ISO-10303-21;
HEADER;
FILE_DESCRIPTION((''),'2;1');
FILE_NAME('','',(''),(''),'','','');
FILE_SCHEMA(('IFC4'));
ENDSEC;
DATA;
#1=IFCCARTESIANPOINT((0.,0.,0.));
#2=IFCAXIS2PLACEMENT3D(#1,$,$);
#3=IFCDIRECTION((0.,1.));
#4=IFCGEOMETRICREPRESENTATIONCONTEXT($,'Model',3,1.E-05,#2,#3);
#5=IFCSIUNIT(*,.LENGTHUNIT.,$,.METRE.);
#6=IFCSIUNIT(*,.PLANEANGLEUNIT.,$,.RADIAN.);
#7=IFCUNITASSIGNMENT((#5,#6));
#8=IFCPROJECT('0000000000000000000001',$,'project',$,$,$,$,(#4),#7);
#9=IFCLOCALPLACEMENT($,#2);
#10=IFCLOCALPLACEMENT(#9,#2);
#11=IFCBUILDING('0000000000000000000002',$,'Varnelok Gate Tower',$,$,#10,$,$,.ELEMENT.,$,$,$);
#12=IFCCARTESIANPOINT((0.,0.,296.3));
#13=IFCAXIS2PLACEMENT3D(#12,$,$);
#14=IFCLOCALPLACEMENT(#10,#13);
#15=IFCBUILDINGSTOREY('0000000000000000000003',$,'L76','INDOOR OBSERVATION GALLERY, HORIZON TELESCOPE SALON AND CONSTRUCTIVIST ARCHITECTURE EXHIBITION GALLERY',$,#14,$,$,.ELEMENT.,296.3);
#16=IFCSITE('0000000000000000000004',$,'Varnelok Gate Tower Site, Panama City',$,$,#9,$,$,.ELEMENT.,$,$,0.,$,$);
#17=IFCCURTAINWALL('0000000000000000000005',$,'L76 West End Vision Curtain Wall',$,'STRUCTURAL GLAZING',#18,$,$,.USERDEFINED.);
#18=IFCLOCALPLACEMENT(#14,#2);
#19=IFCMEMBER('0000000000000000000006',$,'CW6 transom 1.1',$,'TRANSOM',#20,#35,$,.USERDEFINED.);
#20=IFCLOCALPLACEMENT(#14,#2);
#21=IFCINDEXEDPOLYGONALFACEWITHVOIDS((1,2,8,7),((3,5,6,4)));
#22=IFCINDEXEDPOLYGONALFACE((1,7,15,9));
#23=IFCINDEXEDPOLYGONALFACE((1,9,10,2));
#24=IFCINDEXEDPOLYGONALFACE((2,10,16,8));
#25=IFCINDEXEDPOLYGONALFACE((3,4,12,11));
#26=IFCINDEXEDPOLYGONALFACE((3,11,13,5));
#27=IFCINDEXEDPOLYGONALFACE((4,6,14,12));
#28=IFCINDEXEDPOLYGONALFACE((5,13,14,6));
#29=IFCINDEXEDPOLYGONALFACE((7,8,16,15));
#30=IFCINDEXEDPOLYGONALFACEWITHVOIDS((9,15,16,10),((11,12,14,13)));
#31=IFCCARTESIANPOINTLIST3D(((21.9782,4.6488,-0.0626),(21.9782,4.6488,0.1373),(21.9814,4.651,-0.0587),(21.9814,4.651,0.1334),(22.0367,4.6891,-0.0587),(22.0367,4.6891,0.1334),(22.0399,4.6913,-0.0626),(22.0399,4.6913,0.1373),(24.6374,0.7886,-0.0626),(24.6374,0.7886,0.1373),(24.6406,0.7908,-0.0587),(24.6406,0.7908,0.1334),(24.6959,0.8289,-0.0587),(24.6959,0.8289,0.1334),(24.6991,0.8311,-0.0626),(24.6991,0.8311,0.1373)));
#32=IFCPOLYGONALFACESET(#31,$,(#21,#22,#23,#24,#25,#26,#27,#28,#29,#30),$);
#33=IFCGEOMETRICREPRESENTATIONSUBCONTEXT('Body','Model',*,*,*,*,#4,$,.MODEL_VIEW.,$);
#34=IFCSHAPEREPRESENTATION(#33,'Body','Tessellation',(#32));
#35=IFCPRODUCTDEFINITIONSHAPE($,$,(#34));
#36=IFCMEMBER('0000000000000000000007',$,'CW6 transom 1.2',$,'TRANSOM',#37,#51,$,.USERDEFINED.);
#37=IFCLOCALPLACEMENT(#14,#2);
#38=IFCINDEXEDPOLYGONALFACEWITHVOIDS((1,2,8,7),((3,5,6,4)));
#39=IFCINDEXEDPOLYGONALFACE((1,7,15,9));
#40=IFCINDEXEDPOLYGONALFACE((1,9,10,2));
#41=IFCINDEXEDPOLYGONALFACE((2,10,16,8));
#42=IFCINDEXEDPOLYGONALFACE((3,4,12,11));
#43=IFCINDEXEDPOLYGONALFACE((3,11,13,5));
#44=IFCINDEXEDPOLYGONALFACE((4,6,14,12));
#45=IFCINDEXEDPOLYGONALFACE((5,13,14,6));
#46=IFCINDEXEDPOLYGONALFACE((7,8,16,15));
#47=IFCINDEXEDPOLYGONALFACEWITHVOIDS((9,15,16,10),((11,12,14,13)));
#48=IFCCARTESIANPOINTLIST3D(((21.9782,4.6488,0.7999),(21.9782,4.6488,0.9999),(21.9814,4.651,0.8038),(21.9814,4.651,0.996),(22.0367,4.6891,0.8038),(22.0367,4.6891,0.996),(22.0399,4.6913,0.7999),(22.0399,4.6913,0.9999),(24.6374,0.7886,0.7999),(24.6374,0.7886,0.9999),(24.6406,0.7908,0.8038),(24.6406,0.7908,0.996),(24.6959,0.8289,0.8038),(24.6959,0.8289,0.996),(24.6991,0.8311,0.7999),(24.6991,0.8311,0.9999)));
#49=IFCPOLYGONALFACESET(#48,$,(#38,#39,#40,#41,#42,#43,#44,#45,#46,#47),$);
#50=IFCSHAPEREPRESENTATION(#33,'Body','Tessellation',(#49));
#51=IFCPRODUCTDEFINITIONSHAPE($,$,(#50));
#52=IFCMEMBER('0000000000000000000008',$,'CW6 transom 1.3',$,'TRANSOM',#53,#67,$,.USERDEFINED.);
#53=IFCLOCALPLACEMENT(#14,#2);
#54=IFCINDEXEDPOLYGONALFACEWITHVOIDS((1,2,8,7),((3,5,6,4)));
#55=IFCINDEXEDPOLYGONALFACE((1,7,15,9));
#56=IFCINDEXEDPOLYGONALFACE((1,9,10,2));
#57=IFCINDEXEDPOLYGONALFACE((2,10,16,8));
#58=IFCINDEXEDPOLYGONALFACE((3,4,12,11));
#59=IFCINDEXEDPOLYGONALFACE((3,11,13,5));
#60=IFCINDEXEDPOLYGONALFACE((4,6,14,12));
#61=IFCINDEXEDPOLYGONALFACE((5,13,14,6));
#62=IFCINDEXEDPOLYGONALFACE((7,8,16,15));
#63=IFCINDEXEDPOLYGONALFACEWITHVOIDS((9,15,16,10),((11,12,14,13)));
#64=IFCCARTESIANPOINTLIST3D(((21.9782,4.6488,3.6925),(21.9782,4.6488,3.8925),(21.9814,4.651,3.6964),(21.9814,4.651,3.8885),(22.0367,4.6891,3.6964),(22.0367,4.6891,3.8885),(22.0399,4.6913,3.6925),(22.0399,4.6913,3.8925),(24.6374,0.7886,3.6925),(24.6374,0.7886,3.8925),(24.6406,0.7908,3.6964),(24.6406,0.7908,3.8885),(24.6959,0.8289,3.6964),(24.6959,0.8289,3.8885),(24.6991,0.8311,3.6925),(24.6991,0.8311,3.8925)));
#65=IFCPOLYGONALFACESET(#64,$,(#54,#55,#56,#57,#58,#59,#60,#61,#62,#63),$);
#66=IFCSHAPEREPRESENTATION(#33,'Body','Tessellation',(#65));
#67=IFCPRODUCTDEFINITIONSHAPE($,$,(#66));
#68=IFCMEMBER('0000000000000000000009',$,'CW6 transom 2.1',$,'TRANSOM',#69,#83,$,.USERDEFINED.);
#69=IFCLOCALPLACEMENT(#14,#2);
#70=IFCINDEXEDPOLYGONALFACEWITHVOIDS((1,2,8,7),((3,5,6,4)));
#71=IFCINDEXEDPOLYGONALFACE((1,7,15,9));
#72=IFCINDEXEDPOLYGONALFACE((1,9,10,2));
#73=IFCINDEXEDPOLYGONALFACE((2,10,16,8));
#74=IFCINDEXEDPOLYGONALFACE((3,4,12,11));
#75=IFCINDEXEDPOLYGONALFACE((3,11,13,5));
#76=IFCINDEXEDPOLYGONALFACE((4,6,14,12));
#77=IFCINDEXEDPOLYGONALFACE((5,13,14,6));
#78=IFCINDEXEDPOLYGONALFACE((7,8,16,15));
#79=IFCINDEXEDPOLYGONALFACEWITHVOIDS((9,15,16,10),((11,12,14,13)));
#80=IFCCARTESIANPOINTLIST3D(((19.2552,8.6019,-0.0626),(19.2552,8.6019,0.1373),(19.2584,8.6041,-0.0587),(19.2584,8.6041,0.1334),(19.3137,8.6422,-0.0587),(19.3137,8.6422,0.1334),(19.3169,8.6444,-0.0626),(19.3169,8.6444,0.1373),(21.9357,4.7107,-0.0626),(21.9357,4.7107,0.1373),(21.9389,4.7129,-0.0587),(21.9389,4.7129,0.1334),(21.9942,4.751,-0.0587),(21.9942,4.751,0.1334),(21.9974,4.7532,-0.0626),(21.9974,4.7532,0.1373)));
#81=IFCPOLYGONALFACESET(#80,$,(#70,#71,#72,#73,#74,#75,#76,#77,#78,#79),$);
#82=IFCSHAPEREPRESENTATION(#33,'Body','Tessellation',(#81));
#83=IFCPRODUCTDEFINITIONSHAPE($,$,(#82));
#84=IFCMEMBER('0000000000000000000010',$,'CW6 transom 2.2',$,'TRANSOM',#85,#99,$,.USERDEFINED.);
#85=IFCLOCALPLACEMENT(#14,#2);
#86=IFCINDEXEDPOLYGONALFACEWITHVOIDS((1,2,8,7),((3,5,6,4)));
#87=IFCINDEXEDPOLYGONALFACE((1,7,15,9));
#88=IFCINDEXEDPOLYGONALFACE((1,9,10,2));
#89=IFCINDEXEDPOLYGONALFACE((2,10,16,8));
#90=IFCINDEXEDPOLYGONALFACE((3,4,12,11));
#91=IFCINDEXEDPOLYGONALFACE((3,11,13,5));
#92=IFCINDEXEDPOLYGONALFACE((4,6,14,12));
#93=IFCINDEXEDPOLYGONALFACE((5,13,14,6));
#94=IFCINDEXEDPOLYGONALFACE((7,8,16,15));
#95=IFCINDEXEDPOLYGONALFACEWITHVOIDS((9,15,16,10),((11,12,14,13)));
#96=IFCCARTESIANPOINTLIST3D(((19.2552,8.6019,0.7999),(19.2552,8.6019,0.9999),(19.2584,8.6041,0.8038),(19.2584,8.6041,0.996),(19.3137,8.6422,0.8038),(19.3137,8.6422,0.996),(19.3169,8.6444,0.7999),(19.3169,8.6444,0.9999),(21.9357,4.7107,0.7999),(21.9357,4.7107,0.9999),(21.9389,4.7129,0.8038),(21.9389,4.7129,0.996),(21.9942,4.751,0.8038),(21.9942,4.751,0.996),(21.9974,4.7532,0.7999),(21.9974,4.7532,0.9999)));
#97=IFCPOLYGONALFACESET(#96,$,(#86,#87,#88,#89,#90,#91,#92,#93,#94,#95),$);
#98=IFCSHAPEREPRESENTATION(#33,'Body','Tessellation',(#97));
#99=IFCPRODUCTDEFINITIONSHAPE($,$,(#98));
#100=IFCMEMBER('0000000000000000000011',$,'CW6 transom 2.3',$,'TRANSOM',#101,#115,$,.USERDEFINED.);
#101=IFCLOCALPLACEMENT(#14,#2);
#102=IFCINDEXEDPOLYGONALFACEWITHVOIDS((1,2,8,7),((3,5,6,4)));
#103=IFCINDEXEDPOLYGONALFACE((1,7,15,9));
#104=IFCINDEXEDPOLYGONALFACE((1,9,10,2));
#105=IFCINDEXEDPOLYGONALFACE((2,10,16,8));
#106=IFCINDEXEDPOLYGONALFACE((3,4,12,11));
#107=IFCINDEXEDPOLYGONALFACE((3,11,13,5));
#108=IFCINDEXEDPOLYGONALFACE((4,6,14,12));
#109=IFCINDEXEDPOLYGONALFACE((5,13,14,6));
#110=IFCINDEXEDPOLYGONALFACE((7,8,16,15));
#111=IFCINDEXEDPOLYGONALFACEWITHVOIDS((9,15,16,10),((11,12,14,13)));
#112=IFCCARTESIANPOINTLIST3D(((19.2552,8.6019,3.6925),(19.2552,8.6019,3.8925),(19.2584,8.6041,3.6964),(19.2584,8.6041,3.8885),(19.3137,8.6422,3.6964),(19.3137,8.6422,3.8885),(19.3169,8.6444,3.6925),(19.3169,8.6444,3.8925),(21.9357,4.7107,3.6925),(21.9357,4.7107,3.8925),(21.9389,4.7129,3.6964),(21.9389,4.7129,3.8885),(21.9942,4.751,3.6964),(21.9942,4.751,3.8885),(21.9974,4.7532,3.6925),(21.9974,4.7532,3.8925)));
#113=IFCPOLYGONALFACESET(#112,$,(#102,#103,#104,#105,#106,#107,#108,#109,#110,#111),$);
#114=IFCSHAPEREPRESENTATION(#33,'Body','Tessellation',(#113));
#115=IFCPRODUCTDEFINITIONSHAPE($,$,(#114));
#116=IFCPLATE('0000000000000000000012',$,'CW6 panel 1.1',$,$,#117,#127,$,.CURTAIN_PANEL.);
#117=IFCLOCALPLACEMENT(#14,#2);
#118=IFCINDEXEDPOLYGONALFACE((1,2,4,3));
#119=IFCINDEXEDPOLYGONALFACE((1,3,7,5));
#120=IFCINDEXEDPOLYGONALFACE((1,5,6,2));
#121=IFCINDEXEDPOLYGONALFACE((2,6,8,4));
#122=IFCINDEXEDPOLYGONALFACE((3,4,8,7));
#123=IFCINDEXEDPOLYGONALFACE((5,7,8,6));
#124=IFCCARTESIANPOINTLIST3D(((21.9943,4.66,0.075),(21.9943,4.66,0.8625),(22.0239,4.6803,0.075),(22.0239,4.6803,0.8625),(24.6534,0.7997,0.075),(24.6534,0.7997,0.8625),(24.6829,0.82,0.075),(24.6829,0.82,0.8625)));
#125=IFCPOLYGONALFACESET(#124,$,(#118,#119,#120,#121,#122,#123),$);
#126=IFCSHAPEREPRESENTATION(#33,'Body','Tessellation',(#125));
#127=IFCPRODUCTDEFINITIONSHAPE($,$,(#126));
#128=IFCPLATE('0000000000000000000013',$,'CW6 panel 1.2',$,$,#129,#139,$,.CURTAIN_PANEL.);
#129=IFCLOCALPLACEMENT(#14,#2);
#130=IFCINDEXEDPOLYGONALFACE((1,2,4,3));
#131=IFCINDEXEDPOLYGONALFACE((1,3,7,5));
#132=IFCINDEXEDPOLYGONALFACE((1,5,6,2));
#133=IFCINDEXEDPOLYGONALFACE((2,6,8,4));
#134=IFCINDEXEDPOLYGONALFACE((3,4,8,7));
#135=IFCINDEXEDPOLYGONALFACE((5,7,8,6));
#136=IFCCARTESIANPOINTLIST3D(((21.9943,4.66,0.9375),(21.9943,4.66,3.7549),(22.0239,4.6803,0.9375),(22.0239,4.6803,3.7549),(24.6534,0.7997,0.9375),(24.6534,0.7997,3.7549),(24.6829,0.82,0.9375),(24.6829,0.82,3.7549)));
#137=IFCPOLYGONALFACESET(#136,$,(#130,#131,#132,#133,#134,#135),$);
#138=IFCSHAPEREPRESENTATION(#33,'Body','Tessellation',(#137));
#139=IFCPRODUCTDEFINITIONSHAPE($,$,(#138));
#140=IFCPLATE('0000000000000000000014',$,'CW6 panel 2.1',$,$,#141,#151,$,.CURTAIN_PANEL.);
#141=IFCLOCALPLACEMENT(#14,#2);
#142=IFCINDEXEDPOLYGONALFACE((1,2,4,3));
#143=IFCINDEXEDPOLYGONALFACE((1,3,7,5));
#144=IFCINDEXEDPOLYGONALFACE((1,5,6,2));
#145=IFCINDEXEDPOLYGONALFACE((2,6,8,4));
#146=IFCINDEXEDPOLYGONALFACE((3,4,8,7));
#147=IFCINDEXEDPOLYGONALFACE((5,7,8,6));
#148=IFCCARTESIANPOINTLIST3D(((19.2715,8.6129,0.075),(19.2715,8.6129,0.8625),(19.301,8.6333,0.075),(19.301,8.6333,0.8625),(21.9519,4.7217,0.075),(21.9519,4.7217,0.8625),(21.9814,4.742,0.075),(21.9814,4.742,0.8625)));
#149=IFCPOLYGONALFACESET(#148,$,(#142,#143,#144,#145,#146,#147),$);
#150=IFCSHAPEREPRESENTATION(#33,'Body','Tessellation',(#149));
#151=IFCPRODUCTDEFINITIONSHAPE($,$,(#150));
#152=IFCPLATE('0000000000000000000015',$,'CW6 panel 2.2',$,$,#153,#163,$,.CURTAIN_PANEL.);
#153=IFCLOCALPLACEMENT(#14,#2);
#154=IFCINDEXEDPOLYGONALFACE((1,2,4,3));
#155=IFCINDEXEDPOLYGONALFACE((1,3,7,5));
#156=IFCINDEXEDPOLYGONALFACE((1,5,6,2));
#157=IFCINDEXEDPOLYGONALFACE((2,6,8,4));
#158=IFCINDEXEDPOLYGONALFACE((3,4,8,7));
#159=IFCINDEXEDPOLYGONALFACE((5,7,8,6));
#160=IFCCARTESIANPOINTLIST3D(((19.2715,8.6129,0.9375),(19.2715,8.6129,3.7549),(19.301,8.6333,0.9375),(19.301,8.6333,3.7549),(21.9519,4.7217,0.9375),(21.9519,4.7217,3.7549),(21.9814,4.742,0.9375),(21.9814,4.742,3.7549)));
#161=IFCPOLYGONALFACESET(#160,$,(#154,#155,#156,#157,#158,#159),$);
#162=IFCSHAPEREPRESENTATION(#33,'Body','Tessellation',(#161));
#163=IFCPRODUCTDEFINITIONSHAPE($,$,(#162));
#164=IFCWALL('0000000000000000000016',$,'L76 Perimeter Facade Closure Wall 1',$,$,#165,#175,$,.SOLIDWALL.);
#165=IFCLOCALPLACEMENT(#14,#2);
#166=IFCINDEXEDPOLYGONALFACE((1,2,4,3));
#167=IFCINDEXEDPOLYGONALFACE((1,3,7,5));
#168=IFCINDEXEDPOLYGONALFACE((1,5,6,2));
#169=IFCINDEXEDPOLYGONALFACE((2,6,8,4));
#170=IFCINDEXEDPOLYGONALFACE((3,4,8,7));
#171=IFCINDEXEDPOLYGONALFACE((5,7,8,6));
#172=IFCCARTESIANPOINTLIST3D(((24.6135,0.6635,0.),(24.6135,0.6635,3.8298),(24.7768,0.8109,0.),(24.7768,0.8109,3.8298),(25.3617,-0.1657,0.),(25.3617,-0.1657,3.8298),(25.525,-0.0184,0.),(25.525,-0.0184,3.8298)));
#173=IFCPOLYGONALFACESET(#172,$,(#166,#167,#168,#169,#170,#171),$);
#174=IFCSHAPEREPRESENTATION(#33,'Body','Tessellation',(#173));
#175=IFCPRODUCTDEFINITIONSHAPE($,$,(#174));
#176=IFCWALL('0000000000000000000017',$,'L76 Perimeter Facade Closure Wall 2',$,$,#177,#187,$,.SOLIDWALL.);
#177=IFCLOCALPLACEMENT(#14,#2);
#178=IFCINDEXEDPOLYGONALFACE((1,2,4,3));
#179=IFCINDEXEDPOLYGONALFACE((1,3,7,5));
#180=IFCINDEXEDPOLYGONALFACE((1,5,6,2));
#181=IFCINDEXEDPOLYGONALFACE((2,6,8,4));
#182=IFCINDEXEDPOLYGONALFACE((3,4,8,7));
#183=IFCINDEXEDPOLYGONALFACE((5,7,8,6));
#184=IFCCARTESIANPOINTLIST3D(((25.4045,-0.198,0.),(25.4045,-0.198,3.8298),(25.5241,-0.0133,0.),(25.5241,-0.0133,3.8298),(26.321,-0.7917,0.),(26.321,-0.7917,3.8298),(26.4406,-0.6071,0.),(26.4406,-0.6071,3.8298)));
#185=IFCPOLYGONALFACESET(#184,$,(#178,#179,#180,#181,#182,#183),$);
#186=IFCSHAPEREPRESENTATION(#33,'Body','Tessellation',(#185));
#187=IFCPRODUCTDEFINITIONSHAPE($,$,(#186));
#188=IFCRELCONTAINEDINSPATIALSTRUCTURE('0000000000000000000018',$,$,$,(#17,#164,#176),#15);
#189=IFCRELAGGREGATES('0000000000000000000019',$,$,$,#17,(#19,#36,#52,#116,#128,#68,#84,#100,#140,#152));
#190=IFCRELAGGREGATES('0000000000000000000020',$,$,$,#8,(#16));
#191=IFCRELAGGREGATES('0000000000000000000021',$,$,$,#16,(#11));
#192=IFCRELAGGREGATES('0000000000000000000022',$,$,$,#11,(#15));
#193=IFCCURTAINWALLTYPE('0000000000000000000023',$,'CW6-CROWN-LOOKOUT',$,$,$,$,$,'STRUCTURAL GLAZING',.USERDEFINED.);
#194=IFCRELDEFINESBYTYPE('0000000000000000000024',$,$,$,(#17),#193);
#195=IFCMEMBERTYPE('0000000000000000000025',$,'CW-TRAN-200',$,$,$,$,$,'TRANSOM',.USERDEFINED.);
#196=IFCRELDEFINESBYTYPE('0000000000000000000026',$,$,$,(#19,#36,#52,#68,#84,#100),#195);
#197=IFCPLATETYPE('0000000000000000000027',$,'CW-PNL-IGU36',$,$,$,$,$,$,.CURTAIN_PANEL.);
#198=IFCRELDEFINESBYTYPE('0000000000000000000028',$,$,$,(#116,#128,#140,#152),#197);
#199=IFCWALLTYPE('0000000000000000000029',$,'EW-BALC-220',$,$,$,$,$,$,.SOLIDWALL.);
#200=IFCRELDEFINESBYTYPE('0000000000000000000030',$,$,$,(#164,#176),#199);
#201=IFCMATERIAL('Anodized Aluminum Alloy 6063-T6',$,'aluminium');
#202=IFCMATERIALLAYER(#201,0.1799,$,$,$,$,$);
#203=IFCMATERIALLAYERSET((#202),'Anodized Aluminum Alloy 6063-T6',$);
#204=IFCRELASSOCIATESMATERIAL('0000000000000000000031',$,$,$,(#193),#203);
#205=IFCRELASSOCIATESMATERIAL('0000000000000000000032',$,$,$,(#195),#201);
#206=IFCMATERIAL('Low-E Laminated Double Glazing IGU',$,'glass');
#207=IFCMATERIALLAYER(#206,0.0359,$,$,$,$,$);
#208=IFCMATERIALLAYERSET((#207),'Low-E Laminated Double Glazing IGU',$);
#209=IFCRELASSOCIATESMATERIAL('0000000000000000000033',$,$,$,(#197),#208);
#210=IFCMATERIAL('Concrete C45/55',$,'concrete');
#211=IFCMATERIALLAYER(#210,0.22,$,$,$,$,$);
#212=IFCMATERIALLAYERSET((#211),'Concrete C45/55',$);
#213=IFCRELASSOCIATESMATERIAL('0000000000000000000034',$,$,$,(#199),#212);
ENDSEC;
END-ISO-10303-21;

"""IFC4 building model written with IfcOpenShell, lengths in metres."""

from ifc_helpers import new_model, si_unit, direction, frame, frame_2d, origin, origin_2d, place, context, subcontext, project, spatial, rectangle, hollow_rectangle, extrude, source, transform, mapped, material, layer, layer_set, material_profile, profile_set, type_object, element, aggregate, save


model = new_model("IFC4")

# Units and contexts
model_context = context("Model", 3, precision=1e-05, world=origin(), true_north=direction((0.0, 1.0)))
body_context = subcontext(model_context, "Body", "Model", "MODEL_VIEW")
ifc_project = project(units=[si_unit("LENGTHUNIT", "METRE"), si_unit("PLANEANGLEUNIT", "RADIAN")], contexts=[model_context])

# Site, building, storey
site_placement = place(None, origin())
site = spatial("IfcSite", under=ifc_project, at=site_placement, Name="Varnelok Gate Tower Site, Panama City", CompositionType="ELEMENT", RefElevation=0.0)
building_placement = place(site_placement, origin())
building = spatial("IfcBuilding", under=site, at=building_placement, Name="Varnelok Gate Tower", CompositionType="ELEMENT")
storey_placement = place(building_placement, frame((0.0, 0.0, 296.3)))
storey = spatial("IfcBuildingStorey", under=building, at=storey_placement, Name="L76", Description="INDOOR OBSERVATION GALLERY, HORIZON TELESCOPE SALON AND CONSTRUCTIVIST ARCHITECTURE EXHIBITION GALLERY", CompositionType="ELEMENT", Elevation=296.3)

# Curtain wall, members, plates
ifc_material_1 = material(Name="Anodized Aluminum Alloy 6063-T6", Category="aluminium")
ifc_layer_1 = layer(ifc_material_1, 0.1799)
ifc_layer_set_1 = layer_set([ifc_layer_1], Name="Anodized Aluminum Alloy 6063-T6")
curtain_wall_type = type_object("IfcCurtainWallType", Name="CW6-CROWN-LOOKOUT", ElementType="STRUCTURAL GLAZING", PredefinedType="USERDEFINED", material=ifc_layer_set_1)
curtain_wall_placement = place(storey_placement, origin())
curtain_wall = element("IfcCurtainWall", 1, at=curtain_wall_placement, inside=storey, type_object=curtain_wall_type, Name="L76 West End Vision Curtain Wall", ObjectType="STRUCTURAL GLAZING", PredefinedType="USERDEFINED")
ifc_material_profile_1 = material_profile(ifc_material_1, hollow_rectangle(XDim=0.075, YDim=0.2, WallThickness=0.0039, at=origin_2d()), Name="ALU200X75X4")
ifc_profile_set_1 = profile_set([ifc_material_profile_1], Name="Anodized Aluminum Alloy 6063-T6")
member_type_1 = type_object("IfcMemberType", Name="CW-TRAN-200", ElementType="TRANSOM", PredefinedType="USERDEFINED", material=ifc_profile_set_1)
member_1_placement = place(storey_placement, frame((24.6682, 0.8098, 0.0374), z_axis=(-0.56728, 0.823525, 0.0), x_axis=(-0.823525, -0.56728, 0.0)))
member_1 = element("IfcMember", 2, at=member_1_placement, type_object=member_type_1, Name="CW6 transom 1.1", ObjectType="TRANSOM", PredefinedType="USERDEFINED", context=body_context, shape_type="SweptSolid", body=[
    extrude(hollow_rectangle(XDim=0.075, YDim=0.2, WallThickness=0.0039, at=origin_2d()), origin(), (0.0, 0.0, 1.0), 4.6875),
])
member_2_placement = place(storey_placement, frame((24.6682, 0.8098, 0.8999), z_axis=(-0.56728, 0.823525, 0.0), x_axis=(-0.823525, -0.56728, 0.0)))
member_2 = element("IfcMember", 3, at=member_2_placement, type_object=member_type_1, Name="CW6 transom 1.2", ObjectType="TRANSOM", PredefinedType="USERDEFINED", context=body_context, shape_type="SweptSolid", body=[
    extrude(hollow_rectangle(XDim=0.075, YDim=0.2, WallThickness=0.0039, at=origin_2d()), origin(), (0.0, 0.0, 1.0), 4.6875),
])
member_3_placement = place(storey_placement, frame((24.6682, 0.8098, 3.7925), z_axis=(-0.56728, 0.823525, 0.0), x_axis=(-0.823525, -0.56728, 0.0)))
member_3 = element("IfcMember", 4, at=member_3_placement, type_object=member_type_1, Name="CW6 transom 1.3", ObjectType="TRANSOM", PredefinedType="USERDEFINED", context=body_context, shape_type="SweptSolid", body=[
    extrude(hollow_rectangle(XDim=0.075, YDim=0.2, WallThickness=0.0039, at=origin_2d()), origin(), (0.0, 0.0, 1.0), 4.6875),
])
member_4_placement = place(storey_placement, frame((21.9666, 4.7319, 0.0374), z_axis=(-0.567287, 0.82352, 0.0), x_axis=(-0.82352, -0.567287, 0.0)))
member_4 = element("IfcMember", 5, at=member_4_placement, type_object=member_type_1, Name="CW6 transom 2.1", ObjectType="TRANSOM", PredefinedType="USERDEFINED", context=body_context, shape_type="SweptSolid", body=[
    extrude(hollow_rectangle(XDim=0.075, YDim=0.2, WallThickness=0.0039, at=origin_2d()), origin(), (0.0, 0.0, 1.0), 4.7251),
])
member_5_placement = place(storey_placement, frame((21.9666, 4.7319, 0.8999), z_axis=(-0.567287, 0.82352, 0.0), x_axis=(-0.82352, -0.567287, 0.0)))
member_5 = element("IfcMember", 6, at=member_5_placement, type_object=member_type_1, Name="CW6 transom 2.2", ObjectType="TRANSOM", PredefinedType="USERDEFINED", context=body_context, shape_type="SweptSolid", body=[
    extrude(hollow_rectangle(XDim=0.075, YDim=0.2, WallThickness=0.0039, at=origin_2d()), origin(), (0.0, 0.0, 1.0), 4.7251),
])
member_6_placement = place(storey_placement, frame((21.9666, 4.7319, 3.7925), z_axis=(-0.567287, 0.82352, 0.0), x_axis=(-0.82352, -0.567287, 0.0)))
member_6 = element("IfcMember", 7, at=member_6_placement, type_object=member_type_1, Name="CW6 transom 2.3", ObjectType="TRANSOM", PredefinedType="USERDEFINED", context=body_context, shape_type="SweptSolid", body=[
    extrude(hollow_rectangle(XDim=0.075, YDim=0.2, WallThickness=0.0039, at=origin_2d()), origin(), (0.0, 0.0, 1.0), 4.7251),
])
ifc_material_2 = material(Name="Low-E Laminated Double Glazing IGU", Category="glass")
ifc_layer_2 = layer(ifc_material_2, 0.0359)
ifc_layer_set_2 = layer_set([ifc_layer_2], Name="Low-E Laminated Double Glazing IGU")
plate_type = type_object("IfcPlateType", Name="CW-PNL-IGU36", PredefinedType="CURTAIN_PANEL", material=ifc_layer_set_2)
shared_shape_1 = source(origin(), body_context, "Body", "SweptSolid", [
    extrude(rectangle(XDim=4.6875, YDim=0.0359, at=origin_2d()), origin(), (0.0, 0.0, 1.0), 0.7876),
])
plate_1_placement = place(storey_placement, frame((23.3386, 2.74, 0.075), z_axis=(0.0, 0.0, 1.0), x_axis=(-0.56727, 0.823532, 0.0)))
plate_1 = element("IfcPlate", 8, at=plate_1_placement, type_object=plate_type, Name="CW6 panel 1.1", PredefinedType="CURTAIN_PANEL", context=body_context, shape_type="MappedRepresentation", body=[
    mapped(shared_shape_1, transform((0.0, 0.0, 0.0), scale=1.0)),
])
shared_shape_2 = source(origin(), body_context, "Body", "SweptSolid", [
    extrude(rectangle(XDim=4.6875, YDim=0.0359, at=origin_2d()), origin(), (0.0, 0.0, 1.0), 2.8174),
])
plate_2_placement = place(storey_placement, frame((23.3386, 2.74, 0.9375), z_axis=(0.0, 0.0, 1.0), x_axis=(-0.56727, 0.823532, 0.0)))
plate_2 = element("IfcPlate", 9, at=plate_2_placement, type_object=plate_type, Name="CW6 panel 1.2", PredefinedType="CURTAIN_PANEL", context=body_context, shape_type="MappedRepresentation", body=[
    mapped(shared_shape_2, transform((0.0, 0.0, 0.0), scale=1.0)),
])
shared_shape_3 = source(origin(), body_context, "Body", "SweptSolid", [
    extrude(rectangle(XDim=4.7251, YDim=0.0359, at=origin_2d()), origin(), (0.0, 0.0, 1.0), 0.7876),
])
plate_3_placement = place(storey_placement, frame((20.6265, 6.6775, 0.075), z_axis=(0.0, 0.0, 1.0), x_axis=(-0.56727, 0.823532, 0.0)))
plate_3 = element("IfcPlate", 10, at=plate_3_placement, type_object=plate_type, Name="CW6 panel 2.1", PredefinedType="CURTAIN_PANEL", context=body_context, shape_type="MappedRepresentation", body=[
    mapped(shared_shape_3, transform((0.0, 0.0, 0.0), scale=1.0)),
])
shared_shape_4 = source(origin(), body_context, "Body", "SweptSolid", [
    extrude(rectangle(XDim=4.7251, YDim=0.0359, at=origin_2d()), origin(), (0.0, 0.0, 1.0), 2.8174),
])
plate_4_placement = place(storey_placement, frame((20.6265, 6.6775, 0.9375), z_axis=(0.0, 0.0, 1.0), x_axis=(-0.56727, 0.823532, 0.0)))
plate_4 = element("IfcPlate", 11, at=plate_4_placement, type_object=plate_type, Name="CW6 panel 2.2", PredefinedType="CURTAIN_PANEL", context=body_context, shape_type="MappedRepresentation", body=[
    mapped(shared_shape_4, transform((0.0, 0.0, 0.0), scale=1.0)),
])
aggregate(curtain_wall, [member_1, member_2, member_3, plate_1, plate_2, member_4, member_5, member_6, plate_3, plate_4])

# Walls
ifc_material_3 = material(Name="Concrete C45/55", Category="concrete")
ifc_layer_3 = layer(ifc_material_3, 0.22)
ifc_layer_set_3 = layer_set([ifc_layer_3], Name="Concrete C45/55")
wall_type_1 = type_object("IfcWallType", Name="EW-BALC-220", PredefinedType="SOLIDWALL", material=ifc_layer_set_3)
wall_1_placement = place(storey_placement, frame((24.6951, 0.7373, 0.0), z_axis=(0.0, 0.0, 1.0), x_axis=(0.669894, -0.742457, 0.0)))
element("IfcWall", 12, at=wall_1_placement, inside=storey, type_object=wall_type_1, Name="L76 Perimeter Facade Closure Wall 1", PredefinedType="SOLIDWALL", context=body_context, shape_type="SweptSolid", body=[
    extrude(rectangle(XDim=1.1169, YDim=0.22, at=frame_2d((0.5586, 0.0))), origin(), (0.0, 0.0, 1.0), 3.8298),
])
wall_2_placement = place(storey_placement, frame((25.4644, -0.1057, 0.0), z_axis=(0.0, 0.0, 1.0), x_axis=(0.83927, -0.543715, 0.0)))
element("IfcWall", 13, at=wall_2_placement, inside=storey, type_object=wall_type_1, Name="L76 Perimeter Facade Closure Wall 2", PredefinedType="SOLIDWALL", context=body_context, shape_type="SweptSolid", body=[
    extrude(rectangle(XDim=1.092, YDim=0.22, at=frame_2d((0.5459, 0.0))), origin(), (0.0, 0.0, 1.0), 3.8298),
])

save(model, "model.ifc")
